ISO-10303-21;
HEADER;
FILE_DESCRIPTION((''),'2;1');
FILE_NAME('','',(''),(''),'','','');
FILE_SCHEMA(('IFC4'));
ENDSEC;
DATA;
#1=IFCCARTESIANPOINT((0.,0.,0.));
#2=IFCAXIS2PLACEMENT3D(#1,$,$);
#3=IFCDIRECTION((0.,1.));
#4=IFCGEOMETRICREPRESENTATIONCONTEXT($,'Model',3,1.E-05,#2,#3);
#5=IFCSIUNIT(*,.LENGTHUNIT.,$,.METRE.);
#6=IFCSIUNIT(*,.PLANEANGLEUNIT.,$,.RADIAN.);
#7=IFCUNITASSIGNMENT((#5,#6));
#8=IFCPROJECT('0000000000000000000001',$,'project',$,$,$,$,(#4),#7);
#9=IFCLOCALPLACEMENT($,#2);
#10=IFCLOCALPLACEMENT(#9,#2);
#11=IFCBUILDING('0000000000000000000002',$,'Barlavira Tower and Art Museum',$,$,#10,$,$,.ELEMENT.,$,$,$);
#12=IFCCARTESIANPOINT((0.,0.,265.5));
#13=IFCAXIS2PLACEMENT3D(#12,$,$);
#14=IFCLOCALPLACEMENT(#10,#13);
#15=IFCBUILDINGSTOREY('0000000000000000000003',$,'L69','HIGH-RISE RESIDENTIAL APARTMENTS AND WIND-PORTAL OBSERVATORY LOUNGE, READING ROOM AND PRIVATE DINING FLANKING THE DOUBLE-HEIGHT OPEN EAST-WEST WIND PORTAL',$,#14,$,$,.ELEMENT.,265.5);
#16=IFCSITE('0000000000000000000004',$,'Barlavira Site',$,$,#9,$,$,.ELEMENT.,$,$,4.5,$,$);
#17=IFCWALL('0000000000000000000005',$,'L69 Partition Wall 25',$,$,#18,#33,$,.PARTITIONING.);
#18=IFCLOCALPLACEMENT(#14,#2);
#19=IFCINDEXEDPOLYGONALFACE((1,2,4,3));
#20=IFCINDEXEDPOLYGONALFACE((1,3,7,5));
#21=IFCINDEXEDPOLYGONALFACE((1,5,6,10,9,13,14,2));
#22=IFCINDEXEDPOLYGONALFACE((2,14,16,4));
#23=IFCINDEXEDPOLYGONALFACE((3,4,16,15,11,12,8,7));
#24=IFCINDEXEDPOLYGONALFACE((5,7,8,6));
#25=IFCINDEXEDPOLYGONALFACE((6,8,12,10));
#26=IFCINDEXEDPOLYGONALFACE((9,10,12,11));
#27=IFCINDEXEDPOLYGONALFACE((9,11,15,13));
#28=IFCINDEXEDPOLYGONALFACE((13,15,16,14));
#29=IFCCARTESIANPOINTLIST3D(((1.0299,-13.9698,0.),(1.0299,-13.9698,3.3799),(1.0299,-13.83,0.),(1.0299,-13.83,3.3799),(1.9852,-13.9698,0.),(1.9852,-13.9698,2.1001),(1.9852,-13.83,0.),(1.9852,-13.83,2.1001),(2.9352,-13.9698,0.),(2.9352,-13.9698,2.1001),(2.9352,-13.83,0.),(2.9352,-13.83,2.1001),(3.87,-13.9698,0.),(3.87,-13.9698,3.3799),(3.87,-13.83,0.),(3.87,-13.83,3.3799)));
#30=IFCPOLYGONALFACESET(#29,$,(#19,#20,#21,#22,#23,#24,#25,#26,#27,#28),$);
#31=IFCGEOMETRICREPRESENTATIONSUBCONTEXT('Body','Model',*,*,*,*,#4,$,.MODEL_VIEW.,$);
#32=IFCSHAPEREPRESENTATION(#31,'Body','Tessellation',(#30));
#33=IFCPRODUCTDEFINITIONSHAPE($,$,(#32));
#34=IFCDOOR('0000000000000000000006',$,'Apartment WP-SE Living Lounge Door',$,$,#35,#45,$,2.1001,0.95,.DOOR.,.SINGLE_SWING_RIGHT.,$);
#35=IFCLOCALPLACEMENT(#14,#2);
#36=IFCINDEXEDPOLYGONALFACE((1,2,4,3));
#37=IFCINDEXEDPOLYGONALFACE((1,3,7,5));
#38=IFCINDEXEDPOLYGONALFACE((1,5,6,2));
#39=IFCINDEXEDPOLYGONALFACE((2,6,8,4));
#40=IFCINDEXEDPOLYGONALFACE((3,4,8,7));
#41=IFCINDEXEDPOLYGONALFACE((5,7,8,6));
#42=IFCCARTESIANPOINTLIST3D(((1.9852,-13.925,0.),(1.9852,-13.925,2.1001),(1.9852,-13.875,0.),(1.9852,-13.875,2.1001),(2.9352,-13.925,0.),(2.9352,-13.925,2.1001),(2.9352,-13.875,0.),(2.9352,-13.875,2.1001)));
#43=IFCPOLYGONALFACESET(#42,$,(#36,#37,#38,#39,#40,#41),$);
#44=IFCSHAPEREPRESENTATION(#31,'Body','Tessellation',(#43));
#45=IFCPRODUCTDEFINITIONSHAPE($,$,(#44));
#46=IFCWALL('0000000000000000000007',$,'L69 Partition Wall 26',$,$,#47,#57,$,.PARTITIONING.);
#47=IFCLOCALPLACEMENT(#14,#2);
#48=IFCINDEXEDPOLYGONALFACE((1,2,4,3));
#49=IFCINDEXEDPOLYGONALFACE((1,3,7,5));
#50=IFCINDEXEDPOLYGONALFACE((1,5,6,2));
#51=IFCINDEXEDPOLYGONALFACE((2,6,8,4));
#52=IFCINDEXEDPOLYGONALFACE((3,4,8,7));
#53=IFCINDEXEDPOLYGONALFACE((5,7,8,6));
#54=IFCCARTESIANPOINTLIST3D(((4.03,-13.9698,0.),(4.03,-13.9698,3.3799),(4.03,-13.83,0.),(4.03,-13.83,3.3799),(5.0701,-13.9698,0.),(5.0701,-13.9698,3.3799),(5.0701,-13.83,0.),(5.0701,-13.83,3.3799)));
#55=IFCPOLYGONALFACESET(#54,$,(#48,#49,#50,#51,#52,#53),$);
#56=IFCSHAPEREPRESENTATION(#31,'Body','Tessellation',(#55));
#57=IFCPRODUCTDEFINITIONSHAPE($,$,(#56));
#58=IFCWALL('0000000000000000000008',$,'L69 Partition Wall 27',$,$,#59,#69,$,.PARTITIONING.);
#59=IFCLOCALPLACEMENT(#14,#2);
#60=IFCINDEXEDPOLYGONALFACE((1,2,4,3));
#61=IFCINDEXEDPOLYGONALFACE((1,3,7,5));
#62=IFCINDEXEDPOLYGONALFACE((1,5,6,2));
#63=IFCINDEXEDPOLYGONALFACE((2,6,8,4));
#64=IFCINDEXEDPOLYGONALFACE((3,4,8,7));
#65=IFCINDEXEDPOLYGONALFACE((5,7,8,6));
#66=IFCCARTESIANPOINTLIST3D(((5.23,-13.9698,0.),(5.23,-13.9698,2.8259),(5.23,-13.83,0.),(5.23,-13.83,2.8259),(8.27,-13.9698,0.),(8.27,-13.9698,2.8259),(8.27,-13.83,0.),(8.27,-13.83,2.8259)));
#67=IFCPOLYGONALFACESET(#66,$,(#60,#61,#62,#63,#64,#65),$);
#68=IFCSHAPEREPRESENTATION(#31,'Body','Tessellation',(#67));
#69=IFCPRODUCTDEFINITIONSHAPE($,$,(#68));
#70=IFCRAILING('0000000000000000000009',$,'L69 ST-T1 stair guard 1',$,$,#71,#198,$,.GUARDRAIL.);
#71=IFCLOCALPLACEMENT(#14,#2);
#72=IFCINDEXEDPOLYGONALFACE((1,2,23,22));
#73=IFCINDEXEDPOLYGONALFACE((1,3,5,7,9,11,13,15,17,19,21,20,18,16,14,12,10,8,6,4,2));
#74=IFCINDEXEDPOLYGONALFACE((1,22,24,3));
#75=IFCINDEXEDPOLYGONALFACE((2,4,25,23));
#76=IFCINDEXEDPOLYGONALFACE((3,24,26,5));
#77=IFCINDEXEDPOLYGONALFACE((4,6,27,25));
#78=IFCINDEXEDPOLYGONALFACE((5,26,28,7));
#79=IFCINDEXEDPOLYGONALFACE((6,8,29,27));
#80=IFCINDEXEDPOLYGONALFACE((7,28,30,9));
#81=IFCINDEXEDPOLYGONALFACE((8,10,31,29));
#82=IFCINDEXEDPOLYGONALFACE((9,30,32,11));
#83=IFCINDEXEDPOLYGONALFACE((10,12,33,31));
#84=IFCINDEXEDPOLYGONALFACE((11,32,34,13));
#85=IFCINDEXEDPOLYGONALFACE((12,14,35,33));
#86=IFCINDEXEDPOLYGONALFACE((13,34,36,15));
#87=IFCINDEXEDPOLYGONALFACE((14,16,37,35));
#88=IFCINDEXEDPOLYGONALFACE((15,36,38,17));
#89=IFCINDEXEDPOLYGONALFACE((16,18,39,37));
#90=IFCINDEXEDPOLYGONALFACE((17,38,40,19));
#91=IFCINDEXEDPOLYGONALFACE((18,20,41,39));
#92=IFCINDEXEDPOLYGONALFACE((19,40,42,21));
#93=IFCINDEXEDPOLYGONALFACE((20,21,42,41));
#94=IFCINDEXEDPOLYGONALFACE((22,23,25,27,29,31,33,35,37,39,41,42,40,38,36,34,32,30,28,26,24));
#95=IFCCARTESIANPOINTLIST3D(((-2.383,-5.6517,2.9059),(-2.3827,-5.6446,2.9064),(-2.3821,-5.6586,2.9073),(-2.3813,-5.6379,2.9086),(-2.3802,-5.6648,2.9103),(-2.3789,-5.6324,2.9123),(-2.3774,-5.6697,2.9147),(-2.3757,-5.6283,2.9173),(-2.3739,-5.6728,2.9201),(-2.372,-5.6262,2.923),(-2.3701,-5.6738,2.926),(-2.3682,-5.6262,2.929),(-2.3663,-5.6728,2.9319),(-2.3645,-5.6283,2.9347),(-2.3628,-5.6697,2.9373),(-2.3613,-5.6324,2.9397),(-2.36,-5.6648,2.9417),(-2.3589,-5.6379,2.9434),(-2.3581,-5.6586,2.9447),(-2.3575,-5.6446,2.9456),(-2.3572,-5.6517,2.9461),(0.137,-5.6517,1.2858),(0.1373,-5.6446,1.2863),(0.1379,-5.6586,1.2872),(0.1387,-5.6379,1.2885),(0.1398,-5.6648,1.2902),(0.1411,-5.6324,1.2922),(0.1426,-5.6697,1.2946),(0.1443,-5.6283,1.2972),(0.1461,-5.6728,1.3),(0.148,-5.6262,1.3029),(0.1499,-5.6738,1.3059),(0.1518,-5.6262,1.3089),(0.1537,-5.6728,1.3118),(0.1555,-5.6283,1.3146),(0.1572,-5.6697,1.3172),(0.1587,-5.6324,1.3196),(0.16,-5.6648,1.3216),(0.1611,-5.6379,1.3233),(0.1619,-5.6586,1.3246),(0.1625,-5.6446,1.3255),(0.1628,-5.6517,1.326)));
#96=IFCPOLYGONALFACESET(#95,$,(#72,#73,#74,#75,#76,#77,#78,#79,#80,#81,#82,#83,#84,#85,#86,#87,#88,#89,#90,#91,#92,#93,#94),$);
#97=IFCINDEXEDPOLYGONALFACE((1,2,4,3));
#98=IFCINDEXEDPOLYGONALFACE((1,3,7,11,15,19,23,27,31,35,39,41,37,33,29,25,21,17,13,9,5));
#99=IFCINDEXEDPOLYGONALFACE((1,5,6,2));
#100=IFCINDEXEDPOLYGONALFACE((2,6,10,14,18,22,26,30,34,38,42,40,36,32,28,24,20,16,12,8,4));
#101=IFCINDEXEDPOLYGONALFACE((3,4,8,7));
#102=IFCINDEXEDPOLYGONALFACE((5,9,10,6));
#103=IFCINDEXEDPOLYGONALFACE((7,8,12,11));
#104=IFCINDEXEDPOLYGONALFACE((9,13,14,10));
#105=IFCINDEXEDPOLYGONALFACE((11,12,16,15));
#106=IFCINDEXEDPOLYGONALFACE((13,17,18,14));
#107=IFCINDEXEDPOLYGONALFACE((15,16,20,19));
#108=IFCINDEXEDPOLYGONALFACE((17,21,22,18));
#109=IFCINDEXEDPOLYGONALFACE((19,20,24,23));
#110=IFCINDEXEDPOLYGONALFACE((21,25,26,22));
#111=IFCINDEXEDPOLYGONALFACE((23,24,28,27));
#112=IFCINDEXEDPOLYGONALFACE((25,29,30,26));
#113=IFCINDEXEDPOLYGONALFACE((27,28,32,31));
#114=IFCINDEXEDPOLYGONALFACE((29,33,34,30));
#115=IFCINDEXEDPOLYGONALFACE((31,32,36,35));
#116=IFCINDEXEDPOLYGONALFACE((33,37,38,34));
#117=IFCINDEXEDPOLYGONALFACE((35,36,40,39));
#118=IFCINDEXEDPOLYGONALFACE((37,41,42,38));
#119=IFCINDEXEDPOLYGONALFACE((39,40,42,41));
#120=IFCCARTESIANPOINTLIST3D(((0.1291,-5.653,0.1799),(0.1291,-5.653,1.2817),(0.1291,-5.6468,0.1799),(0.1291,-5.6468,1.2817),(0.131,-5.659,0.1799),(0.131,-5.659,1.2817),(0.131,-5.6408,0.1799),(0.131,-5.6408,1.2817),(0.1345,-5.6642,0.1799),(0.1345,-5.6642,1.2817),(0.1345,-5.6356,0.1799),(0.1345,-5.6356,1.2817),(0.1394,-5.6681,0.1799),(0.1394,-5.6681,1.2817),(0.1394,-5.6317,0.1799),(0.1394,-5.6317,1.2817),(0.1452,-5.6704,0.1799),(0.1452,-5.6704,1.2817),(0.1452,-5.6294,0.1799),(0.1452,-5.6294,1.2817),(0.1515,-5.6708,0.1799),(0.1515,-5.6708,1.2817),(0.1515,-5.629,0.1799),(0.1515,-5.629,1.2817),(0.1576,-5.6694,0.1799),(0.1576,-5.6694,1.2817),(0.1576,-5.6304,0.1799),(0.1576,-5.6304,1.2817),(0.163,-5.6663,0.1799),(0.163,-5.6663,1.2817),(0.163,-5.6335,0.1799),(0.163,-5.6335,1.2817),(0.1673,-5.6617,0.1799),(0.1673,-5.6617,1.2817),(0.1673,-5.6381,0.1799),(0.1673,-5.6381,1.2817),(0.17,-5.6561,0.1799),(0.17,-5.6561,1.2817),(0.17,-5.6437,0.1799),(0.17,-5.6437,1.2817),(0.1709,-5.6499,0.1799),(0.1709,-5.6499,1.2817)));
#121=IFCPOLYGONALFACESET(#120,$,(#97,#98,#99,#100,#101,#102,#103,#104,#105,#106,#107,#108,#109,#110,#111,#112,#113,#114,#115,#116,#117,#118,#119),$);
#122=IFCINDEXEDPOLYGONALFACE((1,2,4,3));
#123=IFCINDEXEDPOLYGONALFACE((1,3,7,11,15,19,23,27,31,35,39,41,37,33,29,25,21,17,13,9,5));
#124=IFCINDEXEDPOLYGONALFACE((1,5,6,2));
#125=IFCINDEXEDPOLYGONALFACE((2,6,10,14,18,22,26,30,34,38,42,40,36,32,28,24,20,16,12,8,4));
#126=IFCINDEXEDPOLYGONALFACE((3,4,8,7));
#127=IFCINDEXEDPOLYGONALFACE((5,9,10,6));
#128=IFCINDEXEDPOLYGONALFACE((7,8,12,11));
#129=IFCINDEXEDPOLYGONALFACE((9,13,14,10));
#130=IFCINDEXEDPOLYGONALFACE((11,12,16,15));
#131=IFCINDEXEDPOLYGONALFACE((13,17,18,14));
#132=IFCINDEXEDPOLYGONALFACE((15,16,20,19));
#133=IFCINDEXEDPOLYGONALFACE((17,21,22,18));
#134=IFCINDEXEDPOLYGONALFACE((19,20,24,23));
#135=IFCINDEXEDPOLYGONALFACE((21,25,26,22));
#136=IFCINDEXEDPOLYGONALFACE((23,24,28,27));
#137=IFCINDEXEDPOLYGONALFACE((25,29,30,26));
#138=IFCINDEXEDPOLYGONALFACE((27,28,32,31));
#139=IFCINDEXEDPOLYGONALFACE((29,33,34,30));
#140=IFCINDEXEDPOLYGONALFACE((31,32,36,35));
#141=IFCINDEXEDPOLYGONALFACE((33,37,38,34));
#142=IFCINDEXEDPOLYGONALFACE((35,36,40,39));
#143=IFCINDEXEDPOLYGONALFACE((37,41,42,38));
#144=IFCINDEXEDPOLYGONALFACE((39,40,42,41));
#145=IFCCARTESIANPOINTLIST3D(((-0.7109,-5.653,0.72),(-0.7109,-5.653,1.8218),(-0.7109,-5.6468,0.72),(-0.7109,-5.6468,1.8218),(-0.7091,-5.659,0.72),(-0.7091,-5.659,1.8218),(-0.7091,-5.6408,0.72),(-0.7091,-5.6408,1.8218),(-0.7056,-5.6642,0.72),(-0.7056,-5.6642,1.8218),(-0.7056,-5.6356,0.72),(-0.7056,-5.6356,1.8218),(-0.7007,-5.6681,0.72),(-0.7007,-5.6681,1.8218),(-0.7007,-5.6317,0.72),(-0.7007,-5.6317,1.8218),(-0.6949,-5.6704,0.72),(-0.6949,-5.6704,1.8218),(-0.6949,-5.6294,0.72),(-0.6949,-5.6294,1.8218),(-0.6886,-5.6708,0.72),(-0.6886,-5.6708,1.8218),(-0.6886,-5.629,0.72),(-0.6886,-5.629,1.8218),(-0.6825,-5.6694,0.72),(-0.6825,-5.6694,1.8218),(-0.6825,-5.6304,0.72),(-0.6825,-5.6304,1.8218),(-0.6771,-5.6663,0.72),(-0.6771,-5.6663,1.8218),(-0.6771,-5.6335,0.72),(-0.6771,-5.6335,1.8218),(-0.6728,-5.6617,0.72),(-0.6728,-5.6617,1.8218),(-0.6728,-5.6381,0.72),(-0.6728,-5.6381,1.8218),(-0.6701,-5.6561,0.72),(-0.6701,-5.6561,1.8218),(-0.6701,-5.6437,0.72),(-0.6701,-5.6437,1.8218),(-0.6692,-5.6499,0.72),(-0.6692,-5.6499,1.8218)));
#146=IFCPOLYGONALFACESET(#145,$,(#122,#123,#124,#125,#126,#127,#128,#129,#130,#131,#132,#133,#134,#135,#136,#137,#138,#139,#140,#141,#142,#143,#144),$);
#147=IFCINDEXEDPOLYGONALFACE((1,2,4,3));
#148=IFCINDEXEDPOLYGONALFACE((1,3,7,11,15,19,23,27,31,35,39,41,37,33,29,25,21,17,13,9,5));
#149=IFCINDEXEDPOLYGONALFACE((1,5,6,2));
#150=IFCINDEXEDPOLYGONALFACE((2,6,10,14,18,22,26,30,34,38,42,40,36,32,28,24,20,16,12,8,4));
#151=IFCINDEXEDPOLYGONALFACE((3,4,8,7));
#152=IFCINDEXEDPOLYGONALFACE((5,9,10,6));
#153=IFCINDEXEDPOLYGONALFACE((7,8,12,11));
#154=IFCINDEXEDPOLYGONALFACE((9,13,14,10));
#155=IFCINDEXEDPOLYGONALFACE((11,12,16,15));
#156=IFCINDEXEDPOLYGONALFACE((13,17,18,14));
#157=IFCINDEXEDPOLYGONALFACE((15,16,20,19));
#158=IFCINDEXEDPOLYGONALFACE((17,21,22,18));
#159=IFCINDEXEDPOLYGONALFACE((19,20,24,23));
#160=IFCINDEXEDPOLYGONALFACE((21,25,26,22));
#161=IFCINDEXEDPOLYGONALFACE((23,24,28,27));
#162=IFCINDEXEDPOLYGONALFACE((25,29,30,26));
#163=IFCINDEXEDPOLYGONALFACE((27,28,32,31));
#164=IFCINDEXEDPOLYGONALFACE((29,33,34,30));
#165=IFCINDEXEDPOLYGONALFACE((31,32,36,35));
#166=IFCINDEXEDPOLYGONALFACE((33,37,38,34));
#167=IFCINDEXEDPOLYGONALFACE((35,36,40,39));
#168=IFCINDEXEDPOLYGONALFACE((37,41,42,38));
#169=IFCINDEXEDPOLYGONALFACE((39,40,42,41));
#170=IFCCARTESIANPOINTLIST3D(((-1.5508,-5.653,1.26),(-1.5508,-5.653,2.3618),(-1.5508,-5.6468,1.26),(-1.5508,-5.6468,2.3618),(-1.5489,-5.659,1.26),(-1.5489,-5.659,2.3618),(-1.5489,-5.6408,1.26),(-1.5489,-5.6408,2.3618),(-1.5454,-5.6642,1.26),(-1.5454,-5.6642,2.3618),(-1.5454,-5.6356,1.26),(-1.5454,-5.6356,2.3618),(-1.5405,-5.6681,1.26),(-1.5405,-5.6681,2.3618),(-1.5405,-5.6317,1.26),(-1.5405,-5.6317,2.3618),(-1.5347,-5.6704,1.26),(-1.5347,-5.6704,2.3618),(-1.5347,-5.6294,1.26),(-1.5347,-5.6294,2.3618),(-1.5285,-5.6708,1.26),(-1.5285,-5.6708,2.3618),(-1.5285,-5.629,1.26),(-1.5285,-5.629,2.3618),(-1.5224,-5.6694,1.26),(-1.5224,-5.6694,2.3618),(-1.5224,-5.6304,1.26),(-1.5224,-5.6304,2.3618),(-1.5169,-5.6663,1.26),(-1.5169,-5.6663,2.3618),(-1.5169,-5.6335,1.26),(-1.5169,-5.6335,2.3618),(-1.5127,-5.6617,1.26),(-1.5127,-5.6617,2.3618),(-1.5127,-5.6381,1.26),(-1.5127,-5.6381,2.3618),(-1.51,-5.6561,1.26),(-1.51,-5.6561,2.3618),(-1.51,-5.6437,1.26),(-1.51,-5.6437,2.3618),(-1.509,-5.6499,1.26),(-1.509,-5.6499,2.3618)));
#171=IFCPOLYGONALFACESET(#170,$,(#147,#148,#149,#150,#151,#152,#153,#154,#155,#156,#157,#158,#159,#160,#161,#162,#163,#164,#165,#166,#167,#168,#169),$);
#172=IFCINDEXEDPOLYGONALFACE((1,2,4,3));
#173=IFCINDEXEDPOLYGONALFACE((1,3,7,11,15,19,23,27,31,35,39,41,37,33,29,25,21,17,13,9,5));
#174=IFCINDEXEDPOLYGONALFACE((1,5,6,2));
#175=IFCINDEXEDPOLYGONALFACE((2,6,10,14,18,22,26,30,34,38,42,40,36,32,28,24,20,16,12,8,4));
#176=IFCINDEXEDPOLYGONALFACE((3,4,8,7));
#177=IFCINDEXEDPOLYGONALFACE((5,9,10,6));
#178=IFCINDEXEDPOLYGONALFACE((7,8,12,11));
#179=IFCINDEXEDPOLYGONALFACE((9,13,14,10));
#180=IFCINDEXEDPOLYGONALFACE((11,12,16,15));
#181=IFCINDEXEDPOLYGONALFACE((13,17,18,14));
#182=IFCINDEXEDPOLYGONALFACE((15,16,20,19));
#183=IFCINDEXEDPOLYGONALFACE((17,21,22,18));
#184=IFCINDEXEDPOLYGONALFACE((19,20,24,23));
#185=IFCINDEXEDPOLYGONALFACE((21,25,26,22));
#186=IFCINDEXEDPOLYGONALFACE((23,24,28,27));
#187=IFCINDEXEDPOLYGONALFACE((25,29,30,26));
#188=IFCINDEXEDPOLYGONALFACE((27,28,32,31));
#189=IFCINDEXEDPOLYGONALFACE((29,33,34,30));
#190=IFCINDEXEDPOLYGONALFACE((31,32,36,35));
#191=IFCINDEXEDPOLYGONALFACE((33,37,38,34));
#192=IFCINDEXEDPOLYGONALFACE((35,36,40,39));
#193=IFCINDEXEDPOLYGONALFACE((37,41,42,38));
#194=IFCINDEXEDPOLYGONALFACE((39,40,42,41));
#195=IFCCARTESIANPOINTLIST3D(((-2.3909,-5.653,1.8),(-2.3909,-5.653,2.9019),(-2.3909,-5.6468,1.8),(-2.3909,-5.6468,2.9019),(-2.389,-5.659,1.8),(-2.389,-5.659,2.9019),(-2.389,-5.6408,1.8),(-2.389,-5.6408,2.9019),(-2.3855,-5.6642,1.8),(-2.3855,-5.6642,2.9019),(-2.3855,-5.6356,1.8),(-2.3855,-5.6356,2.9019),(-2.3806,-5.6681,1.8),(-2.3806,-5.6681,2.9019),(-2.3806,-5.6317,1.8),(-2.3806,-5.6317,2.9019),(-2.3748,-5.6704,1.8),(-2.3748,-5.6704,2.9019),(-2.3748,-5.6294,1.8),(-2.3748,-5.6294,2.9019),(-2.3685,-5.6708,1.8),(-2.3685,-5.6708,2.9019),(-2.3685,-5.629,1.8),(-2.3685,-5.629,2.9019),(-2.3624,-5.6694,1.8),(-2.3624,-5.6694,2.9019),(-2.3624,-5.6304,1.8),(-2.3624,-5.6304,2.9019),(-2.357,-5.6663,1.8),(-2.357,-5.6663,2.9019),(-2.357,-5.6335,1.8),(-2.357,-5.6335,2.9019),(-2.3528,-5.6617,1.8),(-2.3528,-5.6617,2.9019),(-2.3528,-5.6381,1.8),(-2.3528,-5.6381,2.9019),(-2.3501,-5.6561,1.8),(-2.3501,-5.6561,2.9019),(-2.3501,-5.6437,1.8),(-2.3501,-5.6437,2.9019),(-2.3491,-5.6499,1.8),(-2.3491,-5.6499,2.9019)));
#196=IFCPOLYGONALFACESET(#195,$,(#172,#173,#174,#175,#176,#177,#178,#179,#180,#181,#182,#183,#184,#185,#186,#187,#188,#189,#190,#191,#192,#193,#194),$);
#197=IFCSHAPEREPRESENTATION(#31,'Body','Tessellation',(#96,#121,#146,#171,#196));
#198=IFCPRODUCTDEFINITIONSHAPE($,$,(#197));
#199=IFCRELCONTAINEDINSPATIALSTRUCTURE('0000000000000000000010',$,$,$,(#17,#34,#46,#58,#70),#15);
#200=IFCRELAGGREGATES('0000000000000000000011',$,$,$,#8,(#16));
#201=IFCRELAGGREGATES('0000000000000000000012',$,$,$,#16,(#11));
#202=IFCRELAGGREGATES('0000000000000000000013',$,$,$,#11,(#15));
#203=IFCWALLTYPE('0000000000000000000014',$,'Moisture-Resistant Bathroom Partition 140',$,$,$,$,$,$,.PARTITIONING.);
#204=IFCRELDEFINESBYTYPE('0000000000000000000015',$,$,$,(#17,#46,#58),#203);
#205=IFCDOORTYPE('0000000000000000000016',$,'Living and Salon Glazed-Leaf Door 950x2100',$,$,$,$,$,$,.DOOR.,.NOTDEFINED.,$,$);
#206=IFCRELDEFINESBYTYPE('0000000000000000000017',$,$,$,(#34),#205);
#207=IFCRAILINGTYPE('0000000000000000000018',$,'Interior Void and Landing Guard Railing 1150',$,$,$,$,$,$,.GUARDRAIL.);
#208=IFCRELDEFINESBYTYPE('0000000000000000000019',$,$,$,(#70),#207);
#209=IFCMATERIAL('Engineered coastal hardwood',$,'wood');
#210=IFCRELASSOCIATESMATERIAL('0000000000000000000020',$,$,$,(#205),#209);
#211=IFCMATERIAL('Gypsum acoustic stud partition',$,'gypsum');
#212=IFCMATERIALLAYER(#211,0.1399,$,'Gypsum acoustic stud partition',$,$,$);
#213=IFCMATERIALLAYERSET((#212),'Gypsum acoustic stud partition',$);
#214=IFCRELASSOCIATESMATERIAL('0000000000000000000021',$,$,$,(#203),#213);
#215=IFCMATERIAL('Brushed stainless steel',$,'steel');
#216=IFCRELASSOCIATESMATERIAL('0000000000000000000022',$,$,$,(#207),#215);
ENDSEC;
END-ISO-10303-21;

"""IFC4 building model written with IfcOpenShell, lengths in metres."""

from ifc_helpers import new_model, si_unit, direction, frame, frame_2d, origin, origin_2d, place, context, subcontext, project, spatial, rectangle, circle, extrude, material, layer, layer_set, type_object, element, fill, save


model = new_model("IFC4")

# Units and contexts
model_context = context("Model", 3, precision=1e-05, world=origin(), true_north=direction((0.0, 1.0)))
body_context = subcontext(model_context, "Body", "Model", "MODEL_VIEW")
ifc_project = project(units=[si_unit("LENGTHUNIT", "METRE"), si_unit("PLANEANGLEUNIT", "RADIAN")], contexts=[model_context])

# Site, building, storey
site_placement = place(None, origin())
site = spatial("IfcSite", under=ifc_project, at=site_placement, Name="Barlavira Site", CompositionType="ELEMENT", RefElevation=4.5)
building_placement = place(site_placement, origin())
building = spatial("IfcBuilding", under=site, at=building_placement, Name="Barlavira Tower and Art Museum", CompositionType="ELEMENT")
storey_placement = place(building_placement, frame((0.0, 0.0, 265.5)))
storey = spatial("IfcBuildingStorey", under=building, at=storey_placement, Name="L69", Description="HIGH-RISE RESIDENTIAL APARTMENTS AND WIND-PORTAL OBSERVATORY LOUNGE, READING ROOM AND PRIVATE DINING FLANKING THE DOUBLE-HEIGHT OPEN EAST-WEST WIND PORTAL", CompositionType="ELEMENT", Elevation=265.5)

# Shared definitions
ifc_material_1 = material(Name="Gypsum acoustic stud partition", Category="gypsum")
ifc_material_2 = material(Name="Engineered coastal hardwood", Category="wood")
door_type_1 = type_object("IfcDoorType", Name="Living and Salon Glazed-Leaf Door 950x2100", OperationType="NOTDEFINED", PredefinedType="DOOR", material=ifc_material_2)

# Shared definitions
ifc_material_3 = material(Name="Brushed stainless steel", Category="steel")

# Wall, opening, door
ifc_layer_1 = layer(ifc_material_1, 0.1399, Name="Gypsum acoustic stud partition")
ifc_layer_set_1 = layer_set([ifc_layer_1], Name="Gypsum acoustic stud partition")
wall_type_1 = type_object("IfcWallType", Name="Moisture-Resistant Bathroom Partition 140", PredefinedType="PARTITIONING", material=ifc_layer_set_1)
wall_1_placement = place(storey_placement, frame((1.03, -13.8999, 0.0), z_axis=(0.0, 0.0, 1.0), x_axis=(1.0, 0.0, 0.0)))
wall_1 = element("IfcWall", 1, at=wall_1_placement, inside=storey, type_object=wall_type_1, Name="L69 Partition Wall 25", PredefinedType="PARTITIONING", context=body_context, shape_type="SweptSolid", body=[
    extrude(rectangle(XDim=2.8401, YDim=0.1399, at=frame_2d((1.4199, 0.0))), origin(), (0.0, 0.0, 1.0), 3.3799),
])
opening_1_placement = place(wall_1_placement, frame((0.9551, 0.0, 0.0)))
opening_1 = element("IfcOpeningElement", 2, at=opening_1_placement, cuts=wall_1, PredefinedType="OPENING", context=body_context, shape_type="SweptSolid", body=[
    extrude(rectangle(XDim=0.95, YDim=2.1001, at=frame_2d((0.4751, 1.05))), frame((0.0, 0.0801, 0.0), z_axis=(0.0, -1.0, 0.0), x_axis=(1.0, 0.0, 0.0)), (0.0, 0.0, 1.0), 0.1599),
])
door_1_placement = place(opening_1_placement, origin())
door_1 = element("IfcDoor", 3, at=door_1_placement, inside=storey, type_object=door_type_1, Name="Apartment WP-SE Living Lounge Door", OperationType="SINGLE_SWING_RIGHT", OverallHeight=2.1001, OverallWidth=0.95, PredefinedType="DOOR", context=body_context, shape_type="SweptSolid", body=[
    extrude(rectangle(XDim=0.95, YDim=2.1001, at=frame_2d((0.4751, 1.05))), frame((0.0, 0.0249, 0.0), z_axis=(0.0, -1.0, 0.0), x_axis=(1.0, 0.0, 0.0)), (0.0, 0.0, 1.0), 0.05),
])
fill(opening_1, door_1)

# Walls
wall_2_placement = place(storey_placement, frame((4.03, -13.8999, 0.0), z_axis=(0.0, 0.0, 1.0), x_axis=(1.0, 0.0, 0.0)))
element("IfcWall", 4, at=wall_2_placement, inside=storey, type_object=wall_type_1, Name="L69 Partition Wall 26", PredefinedType="PARTITIONING", context=body_context, shape_type="SweptSolid", body=[
    extrude(rectangle(XDim=1.04, YDim=0.1399, at=frame_2d((0.52, 0.0))), origin(), (0.0, 0.0, 1.0), 3.3799),
])
wall_3_placement = place(storey_placement, frame((5.23, -13.8999, 0.0), z_axis=(0.0, 0.0, 1.0), x_axis=(1.0, 0.0, 0.0)))
element("IfcWall", 5, at=wall_3_placement, inside=storey, type_object=wall_type_1, Name="L69 Partition Wall 27", PredefinedType="PARTITIONING", context=body_context, shape_type="SweptSolid", body=[
    extrude(rectangle(XDim=3.04, YDim=0.1399, at=frame_2d((1.52, 0.0))), origin(), (0.0, 0.0, 1.0), 2.8259),
])

# Railing
railing_type = type_object("IfcRailingType", Name="Interior Void and Landing Guard Railing 1150", PredefinedType="GUARDRAIL", material=ifc_material_3)
railing_1_placement = place(storey_placement, frame((0.1499, -5.6499, 0.1799)))
element("IfcRailing", 6, at=railing_1_placement, inside=storey, type_object=railing_type, Name="L69 ST-T1 stair guard 1", PredefinedType="GUARDRAIL", context=body_context, shape_type="SweptSolid", body=[
    extrude(circle(Radius=0.0239, at=origin_2d()), frame((0.0, 0.0, 1.126), z_axis=(-0.841163, 0.0, 0.540782), x_axis=(0.0, -1.0, 0.0)), (0.0, 0.0, 1.0), 2.9958),
    extrude(circle(Radius=0.021, at=origin_2d()), origin(), (0.0, 0.0, 1.0), 1.1018),
    extrude(circle(Radius=0.021, at=origin_2d()), frame((-0.8401, 0.0, 0.54)), (0.0, 0.0, 1.0), 1.1018),
    extrude(circle(Radius=0.021, at=origin_2d()), frame((-1.6799, 0.0, 1.0801)), (0.0, 0.0, 1.0), 1.1018),
    extrude(circle(Radius=0.021, at=origin_2d()), frame((-2.52, 0.0, 1.6201)), (0.0, 0.0, 1.0), 1.1018),
])

save(model, "model.ifc")
